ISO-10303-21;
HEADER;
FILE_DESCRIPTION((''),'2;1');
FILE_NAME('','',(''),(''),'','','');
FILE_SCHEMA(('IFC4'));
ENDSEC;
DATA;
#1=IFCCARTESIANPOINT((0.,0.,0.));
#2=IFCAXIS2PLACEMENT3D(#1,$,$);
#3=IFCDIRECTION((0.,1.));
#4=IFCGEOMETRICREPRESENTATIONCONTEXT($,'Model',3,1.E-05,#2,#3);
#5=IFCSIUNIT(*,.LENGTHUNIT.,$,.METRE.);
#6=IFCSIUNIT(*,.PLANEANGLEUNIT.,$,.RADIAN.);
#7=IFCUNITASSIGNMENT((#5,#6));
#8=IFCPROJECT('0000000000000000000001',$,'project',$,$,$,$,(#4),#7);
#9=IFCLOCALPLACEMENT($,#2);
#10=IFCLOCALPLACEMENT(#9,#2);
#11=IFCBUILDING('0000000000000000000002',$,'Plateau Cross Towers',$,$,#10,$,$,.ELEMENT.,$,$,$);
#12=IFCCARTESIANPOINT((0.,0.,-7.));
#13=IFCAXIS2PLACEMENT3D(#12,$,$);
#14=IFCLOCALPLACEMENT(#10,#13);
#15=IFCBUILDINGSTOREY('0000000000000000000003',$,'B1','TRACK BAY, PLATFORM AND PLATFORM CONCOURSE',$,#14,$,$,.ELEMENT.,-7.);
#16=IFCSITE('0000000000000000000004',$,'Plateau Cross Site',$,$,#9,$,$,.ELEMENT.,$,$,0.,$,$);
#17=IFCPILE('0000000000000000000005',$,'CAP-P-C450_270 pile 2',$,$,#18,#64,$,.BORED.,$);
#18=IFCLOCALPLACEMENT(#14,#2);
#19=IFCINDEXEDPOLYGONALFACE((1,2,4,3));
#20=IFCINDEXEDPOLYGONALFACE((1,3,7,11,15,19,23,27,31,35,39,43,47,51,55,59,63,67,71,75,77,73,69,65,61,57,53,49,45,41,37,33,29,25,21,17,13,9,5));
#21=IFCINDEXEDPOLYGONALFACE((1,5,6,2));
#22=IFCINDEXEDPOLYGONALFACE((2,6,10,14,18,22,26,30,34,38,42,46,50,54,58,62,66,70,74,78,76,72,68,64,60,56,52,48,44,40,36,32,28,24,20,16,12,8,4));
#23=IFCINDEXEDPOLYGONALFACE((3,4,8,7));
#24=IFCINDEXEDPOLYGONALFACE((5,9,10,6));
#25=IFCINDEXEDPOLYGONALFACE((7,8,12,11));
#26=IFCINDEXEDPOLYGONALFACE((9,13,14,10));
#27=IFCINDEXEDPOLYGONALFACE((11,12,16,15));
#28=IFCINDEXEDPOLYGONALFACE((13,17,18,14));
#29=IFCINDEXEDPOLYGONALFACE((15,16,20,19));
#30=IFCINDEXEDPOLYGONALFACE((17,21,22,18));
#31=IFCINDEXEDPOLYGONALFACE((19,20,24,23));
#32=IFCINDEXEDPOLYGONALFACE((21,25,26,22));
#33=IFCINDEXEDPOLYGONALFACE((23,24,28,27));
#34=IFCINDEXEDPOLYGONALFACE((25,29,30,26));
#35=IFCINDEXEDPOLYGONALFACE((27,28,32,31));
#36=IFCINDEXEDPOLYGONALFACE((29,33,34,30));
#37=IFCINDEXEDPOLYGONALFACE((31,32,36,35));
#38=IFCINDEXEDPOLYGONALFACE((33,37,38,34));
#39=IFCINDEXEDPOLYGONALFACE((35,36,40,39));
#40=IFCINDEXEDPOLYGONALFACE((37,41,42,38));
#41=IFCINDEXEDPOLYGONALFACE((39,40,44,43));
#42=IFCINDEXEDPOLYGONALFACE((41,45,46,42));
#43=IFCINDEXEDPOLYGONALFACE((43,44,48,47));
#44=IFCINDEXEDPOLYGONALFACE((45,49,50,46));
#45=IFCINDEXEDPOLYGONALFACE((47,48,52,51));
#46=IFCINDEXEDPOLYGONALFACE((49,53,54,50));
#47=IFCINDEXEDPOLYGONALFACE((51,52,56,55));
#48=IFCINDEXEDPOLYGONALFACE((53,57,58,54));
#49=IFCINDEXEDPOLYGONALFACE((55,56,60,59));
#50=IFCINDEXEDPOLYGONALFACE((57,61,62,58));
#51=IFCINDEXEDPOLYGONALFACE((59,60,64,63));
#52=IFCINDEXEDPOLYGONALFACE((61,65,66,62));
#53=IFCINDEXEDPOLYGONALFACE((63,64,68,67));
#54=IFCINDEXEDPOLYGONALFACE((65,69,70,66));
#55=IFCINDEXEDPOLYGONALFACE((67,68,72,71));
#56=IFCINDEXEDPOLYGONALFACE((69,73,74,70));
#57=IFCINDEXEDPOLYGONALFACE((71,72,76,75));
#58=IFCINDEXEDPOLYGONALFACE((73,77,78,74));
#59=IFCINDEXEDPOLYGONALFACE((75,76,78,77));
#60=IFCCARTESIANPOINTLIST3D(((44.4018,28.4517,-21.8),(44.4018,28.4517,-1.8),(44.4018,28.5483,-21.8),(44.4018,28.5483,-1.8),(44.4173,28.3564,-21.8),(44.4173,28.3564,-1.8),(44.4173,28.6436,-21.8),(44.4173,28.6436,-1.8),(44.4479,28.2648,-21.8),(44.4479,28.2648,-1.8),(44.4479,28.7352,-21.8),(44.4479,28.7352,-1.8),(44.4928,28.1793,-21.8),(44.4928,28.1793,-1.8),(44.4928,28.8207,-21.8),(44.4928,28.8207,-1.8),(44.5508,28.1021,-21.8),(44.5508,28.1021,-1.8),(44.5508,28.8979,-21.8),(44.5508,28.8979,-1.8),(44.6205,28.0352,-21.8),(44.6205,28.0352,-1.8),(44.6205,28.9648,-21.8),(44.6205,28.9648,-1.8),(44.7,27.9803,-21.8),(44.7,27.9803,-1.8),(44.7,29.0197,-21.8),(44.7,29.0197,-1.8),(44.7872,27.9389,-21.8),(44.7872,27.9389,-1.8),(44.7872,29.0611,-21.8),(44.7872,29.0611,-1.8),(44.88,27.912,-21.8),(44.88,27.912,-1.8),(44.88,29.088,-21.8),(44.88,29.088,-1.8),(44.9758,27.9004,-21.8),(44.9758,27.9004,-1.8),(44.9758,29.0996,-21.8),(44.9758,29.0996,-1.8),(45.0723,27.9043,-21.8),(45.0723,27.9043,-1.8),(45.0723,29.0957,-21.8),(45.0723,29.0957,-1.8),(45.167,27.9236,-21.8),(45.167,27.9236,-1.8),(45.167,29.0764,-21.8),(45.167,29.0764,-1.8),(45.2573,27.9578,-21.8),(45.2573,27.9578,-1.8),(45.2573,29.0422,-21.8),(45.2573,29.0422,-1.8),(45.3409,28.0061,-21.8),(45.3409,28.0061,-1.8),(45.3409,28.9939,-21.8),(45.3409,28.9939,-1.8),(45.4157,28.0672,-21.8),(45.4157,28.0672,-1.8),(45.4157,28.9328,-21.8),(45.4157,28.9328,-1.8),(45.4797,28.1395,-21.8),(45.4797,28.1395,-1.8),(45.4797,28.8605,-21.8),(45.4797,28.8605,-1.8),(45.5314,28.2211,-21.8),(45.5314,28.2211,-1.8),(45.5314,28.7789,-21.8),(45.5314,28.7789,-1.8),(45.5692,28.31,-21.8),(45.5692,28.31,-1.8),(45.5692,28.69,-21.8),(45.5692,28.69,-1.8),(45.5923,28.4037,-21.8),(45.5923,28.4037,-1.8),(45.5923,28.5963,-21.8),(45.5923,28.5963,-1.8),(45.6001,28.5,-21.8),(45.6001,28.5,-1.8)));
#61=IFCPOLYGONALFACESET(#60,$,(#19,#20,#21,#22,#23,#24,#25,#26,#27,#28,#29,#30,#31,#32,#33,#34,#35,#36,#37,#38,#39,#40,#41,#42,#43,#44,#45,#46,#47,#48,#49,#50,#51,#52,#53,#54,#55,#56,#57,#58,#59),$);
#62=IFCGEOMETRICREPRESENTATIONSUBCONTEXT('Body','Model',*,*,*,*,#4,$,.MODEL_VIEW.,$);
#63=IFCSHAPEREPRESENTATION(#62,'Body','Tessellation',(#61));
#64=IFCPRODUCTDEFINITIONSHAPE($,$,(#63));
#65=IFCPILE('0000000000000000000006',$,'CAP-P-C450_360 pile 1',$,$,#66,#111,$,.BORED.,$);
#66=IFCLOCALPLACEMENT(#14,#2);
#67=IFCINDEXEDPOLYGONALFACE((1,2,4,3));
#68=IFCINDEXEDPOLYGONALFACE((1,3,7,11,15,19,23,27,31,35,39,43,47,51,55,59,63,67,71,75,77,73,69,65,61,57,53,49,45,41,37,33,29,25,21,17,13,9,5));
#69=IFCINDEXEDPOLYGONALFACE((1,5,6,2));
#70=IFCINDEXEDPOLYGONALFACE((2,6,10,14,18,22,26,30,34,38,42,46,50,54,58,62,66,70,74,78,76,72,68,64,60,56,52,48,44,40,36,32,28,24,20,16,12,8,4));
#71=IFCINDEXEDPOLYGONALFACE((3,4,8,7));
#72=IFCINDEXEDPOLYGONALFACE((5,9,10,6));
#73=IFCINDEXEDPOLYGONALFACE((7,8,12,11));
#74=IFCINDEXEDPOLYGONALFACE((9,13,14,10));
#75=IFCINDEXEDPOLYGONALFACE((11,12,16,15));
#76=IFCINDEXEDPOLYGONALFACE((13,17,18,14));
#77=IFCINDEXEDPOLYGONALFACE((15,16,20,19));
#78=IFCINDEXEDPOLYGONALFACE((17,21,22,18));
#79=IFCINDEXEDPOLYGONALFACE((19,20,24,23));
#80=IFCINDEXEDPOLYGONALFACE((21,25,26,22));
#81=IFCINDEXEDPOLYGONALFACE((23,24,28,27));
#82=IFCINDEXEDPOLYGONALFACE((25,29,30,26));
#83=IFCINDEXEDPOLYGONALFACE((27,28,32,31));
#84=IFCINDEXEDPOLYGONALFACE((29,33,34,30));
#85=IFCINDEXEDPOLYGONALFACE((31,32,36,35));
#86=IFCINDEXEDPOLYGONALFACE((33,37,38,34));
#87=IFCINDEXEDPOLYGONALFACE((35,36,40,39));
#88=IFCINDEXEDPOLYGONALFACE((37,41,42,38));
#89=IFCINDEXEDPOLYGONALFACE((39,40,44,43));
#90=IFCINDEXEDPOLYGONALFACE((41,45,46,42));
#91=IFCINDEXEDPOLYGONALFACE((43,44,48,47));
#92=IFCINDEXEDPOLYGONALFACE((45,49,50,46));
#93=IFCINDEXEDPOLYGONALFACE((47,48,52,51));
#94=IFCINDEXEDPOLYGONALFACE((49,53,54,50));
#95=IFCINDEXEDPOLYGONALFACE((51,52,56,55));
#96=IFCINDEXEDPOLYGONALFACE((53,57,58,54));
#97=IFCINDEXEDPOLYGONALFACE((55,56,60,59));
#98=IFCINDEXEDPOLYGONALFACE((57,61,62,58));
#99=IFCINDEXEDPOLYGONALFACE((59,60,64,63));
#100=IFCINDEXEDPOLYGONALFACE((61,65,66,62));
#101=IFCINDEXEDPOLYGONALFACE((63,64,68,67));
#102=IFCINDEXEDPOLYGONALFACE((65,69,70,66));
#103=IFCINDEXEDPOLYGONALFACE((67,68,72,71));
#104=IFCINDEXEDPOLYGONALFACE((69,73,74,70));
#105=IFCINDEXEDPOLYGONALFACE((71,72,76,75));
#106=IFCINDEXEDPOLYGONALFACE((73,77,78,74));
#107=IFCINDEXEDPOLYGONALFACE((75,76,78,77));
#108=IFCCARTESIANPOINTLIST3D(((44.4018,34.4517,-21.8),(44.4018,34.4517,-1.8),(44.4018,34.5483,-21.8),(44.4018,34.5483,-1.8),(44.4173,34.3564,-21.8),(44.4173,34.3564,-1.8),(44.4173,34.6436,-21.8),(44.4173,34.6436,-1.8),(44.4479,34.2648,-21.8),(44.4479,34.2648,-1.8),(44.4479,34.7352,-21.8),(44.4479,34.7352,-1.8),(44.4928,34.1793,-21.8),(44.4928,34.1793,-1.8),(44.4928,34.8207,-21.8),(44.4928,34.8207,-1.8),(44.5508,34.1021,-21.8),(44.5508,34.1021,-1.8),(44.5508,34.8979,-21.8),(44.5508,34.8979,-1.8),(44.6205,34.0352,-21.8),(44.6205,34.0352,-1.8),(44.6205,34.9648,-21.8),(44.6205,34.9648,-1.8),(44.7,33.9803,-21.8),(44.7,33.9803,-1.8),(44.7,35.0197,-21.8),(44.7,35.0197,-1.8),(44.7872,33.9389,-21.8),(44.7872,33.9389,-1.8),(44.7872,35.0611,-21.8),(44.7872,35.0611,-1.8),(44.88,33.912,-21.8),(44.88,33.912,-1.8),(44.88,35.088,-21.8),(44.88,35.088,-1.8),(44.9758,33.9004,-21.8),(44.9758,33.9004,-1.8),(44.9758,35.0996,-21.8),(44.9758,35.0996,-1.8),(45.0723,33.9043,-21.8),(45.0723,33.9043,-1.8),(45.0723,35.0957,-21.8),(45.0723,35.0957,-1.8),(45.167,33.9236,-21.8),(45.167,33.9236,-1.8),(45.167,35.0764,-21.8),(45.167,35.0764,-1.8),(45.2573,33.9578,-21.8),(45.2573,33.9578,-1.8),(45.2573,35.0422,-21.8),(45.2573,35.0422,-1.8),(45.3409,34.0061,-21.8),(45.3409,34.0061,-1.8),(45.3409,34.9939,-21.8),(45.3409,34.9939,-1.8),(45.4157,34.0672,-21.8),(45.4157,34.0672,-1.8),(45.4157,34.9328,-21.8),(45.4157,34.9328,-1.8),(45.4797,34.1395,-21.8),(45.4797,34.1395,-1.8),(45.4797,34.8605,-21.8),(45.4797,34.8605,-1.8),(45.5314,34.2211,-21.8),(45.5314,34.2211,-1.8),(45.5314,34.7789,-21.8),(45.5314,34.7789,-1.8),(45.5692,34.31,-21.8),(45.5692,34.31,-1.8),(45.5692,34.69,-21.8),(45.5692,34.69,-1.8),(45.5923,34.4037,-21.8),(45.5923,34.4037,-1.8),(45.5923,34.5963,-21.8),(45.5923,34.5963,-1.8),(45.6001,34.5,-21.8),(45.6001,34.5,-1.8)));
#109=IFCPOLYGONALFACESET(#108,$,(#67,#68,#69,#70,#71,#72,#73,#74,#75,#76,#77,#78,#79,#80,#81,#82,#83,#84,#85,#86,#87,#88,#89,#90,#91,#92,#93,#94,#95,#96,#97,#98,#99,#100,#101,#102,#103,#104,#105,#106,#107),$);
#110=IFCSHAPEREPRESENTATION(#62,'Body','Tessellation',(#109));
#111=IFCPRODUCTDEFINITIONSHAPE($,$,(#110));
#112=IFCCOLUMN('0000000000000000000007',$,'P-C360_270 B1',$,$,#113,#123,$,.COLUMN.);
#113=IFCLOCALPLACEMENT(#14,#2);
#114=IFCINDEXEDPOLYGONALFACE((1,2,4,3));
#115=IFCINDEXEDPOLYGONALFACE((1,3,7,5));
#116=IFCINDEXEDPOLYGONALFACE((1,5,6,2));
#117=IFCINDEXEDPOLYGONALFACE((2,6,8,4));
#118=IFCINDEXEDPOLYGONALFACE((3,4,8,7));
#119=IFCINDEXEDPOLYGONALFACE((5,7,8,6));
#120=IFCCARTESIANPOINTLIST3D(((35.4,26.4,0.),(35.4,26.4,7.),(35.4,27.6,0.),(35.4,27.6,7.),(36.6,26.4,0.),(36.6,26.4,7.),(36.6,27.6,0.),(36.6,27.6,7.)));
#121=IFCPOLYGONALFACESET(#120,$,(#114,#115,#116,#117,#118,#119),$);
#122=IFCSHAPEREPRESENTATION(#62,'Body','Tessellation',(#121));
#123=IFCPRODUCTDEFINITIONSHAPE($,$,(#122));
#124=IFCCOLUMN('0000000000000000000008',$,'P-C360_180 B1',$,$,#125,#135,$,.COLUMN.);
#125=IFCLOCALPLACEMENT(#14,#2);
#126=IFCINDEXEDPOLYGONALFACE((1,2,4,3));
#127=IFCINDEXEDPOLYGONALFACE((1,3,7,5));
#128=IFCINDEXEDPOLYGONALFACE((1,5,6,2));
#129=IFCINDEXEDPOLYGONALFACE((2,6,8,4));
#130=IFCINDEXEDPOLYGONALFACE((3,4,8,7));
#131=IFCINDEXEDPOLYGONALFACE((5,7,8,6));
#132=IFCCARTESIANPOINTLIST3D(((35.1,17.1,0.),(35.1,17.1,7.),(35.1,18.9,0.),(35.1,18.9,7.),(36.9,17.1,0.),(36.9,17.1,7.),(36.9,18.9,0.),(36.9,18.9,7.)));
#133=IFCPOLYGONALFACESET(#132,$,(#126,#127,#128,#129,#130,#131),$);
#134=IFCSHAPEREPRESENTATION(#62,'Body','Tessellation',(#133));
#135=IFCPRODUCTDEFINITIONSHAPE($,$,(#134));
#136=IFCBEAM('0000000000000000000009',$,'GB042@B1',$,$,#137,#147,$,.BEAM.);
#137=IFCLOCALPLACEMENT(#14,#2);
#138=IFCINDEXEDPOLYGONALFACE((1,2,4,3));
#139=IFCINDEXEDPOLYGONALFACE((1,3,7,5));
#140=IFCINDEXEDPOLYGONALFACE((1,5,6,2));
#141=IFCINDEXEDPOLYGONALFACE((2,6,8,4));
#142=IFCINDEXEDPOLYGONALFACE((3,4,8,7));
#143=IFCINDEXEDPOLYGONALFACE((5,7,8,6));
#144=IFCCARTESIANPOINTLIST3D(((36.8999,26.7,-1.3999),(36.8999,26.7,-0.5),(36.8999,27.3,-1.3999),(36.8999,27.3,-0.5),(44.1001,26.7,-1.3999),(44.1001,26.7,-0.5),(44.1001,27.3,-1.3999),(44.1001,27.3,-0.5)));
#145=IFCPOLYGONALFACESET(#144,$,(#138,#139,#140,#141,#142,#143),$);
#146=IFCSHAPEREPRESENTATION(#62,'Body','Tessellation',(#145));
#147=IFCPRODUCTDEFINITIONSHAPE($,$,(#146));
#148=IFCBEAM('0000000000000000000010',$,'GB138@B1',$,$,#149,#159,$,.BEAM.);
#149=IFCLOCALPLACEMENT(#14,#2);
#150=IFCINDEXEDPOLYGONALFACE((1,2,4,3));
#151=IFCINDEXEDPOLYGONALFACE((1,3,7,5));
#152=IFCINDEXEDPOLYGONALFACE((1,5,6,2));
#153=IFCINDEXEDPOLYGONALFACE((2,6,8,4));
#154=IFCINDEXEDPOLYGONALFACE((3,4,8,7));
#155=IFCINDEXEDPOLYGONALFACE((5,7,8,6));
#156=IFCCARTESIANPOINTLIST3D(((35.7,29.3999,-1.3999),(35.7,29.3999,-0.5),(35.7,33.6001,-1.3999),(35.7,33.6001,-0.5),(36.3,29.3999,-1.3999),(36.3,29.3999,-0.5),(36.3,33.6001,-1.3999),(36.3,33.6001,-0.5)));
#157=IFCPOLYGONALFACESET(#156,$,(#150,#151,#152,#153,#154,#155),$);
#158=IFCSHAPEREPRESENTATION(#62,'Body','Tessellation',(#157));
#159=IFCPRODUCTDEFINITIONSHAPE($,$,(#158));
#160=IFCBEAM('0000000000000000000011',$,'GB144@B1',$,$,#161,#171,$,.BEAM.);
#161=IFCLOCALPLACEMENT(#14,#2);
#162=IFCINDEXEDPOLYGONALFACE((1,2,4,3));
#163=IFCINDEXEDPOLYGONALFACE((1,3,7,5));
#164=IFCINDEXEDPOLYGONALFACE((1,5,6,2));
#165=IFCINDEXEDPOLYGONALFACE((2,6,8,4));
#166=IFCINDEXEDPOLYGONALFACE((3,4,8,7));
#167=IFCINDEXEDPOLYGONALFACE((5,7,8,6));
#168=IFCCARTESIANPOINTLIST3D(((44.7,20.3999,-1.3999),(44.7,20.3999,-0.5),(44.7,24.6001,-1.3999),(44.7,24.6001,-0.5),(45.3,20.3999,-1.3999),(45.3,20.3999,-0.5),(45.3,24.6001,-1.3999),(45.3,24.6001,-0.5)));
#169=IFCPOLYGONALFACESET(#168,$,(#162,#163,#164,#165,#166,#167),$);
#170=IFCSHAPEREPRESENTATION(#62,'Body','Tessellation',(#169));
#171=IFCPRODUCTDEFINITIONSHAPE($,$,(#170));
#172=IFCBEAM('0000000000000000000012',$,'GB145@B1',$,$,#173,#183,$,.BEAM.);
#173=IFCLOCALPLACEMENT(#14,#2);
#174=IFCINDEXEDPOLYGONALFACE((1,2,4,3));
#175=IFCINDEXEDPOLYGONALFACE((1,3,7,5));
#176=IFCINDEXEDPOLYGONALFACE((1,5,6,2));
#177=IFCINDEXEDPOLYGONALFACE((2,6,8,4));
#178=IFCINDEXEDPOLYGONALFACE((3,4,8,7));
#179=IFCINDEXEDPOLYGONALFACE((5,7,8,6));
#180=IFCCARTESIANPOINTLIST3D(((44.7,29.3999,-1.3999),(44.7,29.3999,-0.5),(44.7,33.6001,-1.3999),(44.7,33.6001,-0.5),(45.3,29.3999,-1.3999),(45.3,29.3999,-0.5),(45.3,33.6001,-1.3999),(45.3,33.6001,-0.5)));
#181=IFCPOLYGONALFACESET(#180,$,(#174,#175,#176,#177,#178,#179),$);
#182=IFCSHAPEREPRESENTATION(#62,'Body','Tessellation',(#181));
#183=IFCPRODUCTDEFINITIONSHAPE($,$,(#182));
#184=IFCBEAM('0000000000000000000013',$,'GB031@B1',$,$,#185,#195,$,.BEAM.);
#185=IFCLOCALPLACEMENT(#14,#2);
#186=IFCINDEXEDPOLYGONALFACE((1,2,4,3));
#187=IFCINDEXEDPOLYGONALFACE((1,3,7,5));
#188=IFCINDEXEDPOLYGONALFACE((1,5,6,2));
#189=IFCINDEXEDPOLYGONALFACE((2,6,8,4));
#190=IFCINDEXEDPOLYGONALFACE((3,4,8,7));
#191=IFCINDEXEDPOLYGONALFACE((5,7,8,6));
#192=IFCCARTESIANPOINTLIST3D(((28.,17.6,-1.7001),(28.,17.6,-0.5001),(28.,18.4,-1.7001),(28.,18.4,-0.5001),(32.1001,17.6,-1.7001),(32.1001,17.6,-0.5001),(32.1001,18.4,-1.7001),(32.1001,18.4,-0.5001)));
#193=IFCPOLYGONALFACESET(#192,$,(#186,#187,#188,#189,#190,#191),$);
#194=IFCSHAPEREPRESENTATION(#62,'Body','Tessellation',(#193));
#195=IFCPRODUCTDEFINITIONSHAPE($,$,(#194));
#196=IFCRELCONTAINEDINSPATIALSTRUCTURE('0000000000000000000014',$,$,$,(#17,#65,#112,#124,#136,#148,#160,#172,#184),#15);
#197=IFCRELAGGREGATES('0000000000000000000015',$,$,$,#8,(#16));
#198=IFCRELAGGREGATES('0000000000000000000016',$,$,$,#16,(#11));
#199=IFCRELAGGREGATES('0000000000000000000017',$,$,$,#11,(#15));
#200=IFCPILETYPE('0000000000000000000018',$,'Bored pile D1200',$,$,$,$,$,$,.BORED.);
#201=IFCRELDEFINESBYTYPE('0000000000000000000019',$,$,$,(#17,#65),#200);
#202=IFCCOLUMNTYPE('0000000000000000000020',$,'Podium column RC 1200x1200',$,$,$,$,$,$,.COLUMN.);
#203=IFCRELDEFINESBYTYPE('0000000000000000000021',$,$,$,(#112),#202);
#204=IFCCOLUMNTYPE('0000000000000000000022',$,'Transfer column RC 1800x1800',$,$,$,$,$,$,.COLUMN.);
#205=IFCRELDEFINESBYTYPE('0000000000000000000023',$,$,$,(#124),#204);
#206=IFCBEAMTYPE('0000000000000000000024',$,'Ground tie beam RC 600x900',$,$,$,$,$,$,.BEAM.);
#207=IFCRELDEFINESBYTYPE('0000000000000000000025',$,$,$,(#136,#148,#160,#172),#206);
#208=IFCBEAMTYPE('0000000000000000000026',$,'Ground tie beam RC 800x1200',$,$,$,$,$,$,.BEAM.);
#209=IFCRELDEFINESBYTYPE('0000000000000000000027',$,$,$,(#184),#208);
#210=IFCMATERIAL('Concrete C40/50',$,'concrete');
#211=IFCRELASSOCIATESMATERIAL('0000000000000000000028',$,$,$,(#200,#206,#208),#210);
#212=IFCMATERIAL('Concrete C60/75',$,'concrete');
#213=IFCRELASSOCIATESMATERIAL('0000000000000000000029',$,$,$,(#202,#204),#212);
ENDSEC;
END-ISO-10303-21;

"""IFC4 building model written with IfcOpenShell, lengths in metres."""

from ifc_helpers import new_model, si_unit, direction, frame, origin, origin_2d, place, context, subcontext, project, spatial, rectangle, circle, extrude, material, material_profile, profile_set, type_object, element, save


model = new_model("IFC4")

# Units and contexts
model_context = context("Model", 3, precision=1e-05, world=origin(), true_north=direction((0.0, 1.0)))
body_context = subcontext(model_context, "Body", "Model", "MODEL_VIEW")
ifc_project = project(units=[si_unit("LENGTHUNIT", "METRE"), si_unit("PLANEANGLEUNIT", "RADIAN")], contexts=[model_context])

# Site, building, storey
site_placement = place(None, origin())
site = spatial("IfcSite", under=ifc_project, at=site_placement, Name="Plateau Cross Site", CompositionType="ELEMENT", RefElevation=0.0)
building_placement = place(site_placement, origin())
building = spatial("IfcBuilding", under=site, at=building_placement, Name="Plateau Cross Towers", CompositionType="ELEMENT")
storey_placement = place(building_placement, frame((0.0, 0.0, -7.0)))
storey = spatial("IfcBuildingStorey", under=building, at=storey_placement, Name="B1", Description="TRACK BAY, PLATFORM AND PLATFORM CONCOURSE", CompositionType="ELEMENT", Elevation=-7.0)

# Piles
ifc_material_1 = material(Name="Concrete C40/50", Category="concrete")
ifc_material_profile_1 = material_profile(ifc_material_1, circle(Radius=0.6001, at=origin_2d()), Name="Bored pile D1200")
ifc_profile_set_1 = profile_set([ifc_material_profile_1], Name="Concrete C40/50")
pile_type = type_object("IfcPileType", Name="Bored pile D1200", PredefinedType="BORED", material=ifc_profile_set_1)
for number, where, z_axis, x_axis, name in (
    (1, (45.0, 28.5, -1.8), (0.0, 0.0, -1.0), (1.0, 0.0, 0.0), "CAP-P-C450_270 pile 2"),
    (2, (45.0, 34.5, -1.8), (0.0, 0.0, -1.0), (1.0, 0.0, 0.0), "CAP-P-C450_360 pile 1"),
):
    element("IfcPile", number, at=place(storey_placement, frame(where, z_axis=z_axis, x_axis=x_axis)), inside=storey, type_object=pile_type, Name=name, PredefinedType="BORED", context=body_context, shape_type="SweptSolid", body=[
        extrude(circle(Radius=0.6001, at=origin_2d()), origin(), (0.0, 0.0, 1.0), 20.0),
    ])

# Columns
ifc_material_2 = material(Name="Concrete C60/75", Category="concrete")
ifc_material_profile_2 = material_profile(ifc_material_2, rectangle(XDim=1.2, YDim=1.2, at=origin_2d()), Name="RC 1200x1200")
ifc_profile_set_2 = profile_set([ifc_material_profile_2], Name="Concrete C60/75")
column_type_1 = type_object("IfcColumnType", Name="Podium column RC 1200x1200", PredefinedType="COLUMN", material=ifc_profile_set_2)
column_1_placement = place(storey_placement, frame((36.0, 27.0, 0.0), z_axis=(0.0, 0.0, 1.0), x_axis=(1.0, 0.0, 0.0)))
element("IfcColumn", 3, at=column_1_placement, inside=storey, type_object=column_type_1, Name="P-C360_270 B1", PredefinedType="COLUMN", context=body_context, shape_type="SweptSolid", body=[
    extrude(rectangle(XDim=1.2, YDim=1.2, at=origin_2d()), origin(), (0.0, 0.0, 1.0), 7.0),
])
ifc_material_profile_3 = material_profile(ifc_material_2, rectangle(XDim=1.8, YDim=1.8, at=origin_2d()), Name="RC 1800x1800")
ifc_profile_set_3 = profile_set([ifc_material_profile_3], Name="Concrete C60/75")
column_type_2 = type_object("IfcColumnType", Name="Transfer column RC 1800x1800", PredefinedType="COLUMN", material=ifc_profile_set_3)
column_2_placement = place(storey_placement, frame((36.0, 18.0, 0.0), z_axis=(0.0, 0.0, 1.0), x_axis=(1.0, 0.0, 0.0)))
element("IfcColumn", 4, at=column_2_placement, inside=storey, type_object=column_type_2, Name="P-C360_180 B1", PredefinedType="COLUMN", context=body_context, shape_type="SweptSolid", body=[
    extrude(rectangle(XDim=1.8, YDim=1.8, at=origin_2d()), origin(), (0.0, 0.0, 1.0), 7.0),
])

# Beams
ifc_material_profile_4 = material_profile(ifc_material_1, rectangle(XDim=0.6001, YDim=0.8999, at=origin_2d()), Name="RC 600x900")
ifc_profile_set_4 = profile_set([ifc_material_profile_4], Name="Concrete C40/50")
beam_type_1 = type_object("IfcBeamType", Name="Ground tie beam RC 600x900", PredefinedType="BEAM", material=ifc_profile_set_4)
beam_1_placement = place(storey_placement, frame((36.8999, 27.0, -0.95), z_axis=(1.0, 0.0, 0.0), x_axis=(0.0, 1.0, 0.0)))
element("IfcBeam", 5, at=beam_1_placement, inside=storey, type_object=beam_type_1, Name="GB042@B1", PredefinedType="BEAM", context=body_context, shape_type="SweptSolid", body=[
    extrude(rectangle(XDim=0.6001, YDim=0.8999, at=origin_2d()), origin(), (0.0, 0.0, 1.0), 7.2002),
])
for number, where, z_axis, x_axis, name in (
    (6, (36.0, 29.3999, -0.95), (0.0, 1.0, 0.0), (-1.0, 0.0, 0.0), "GB138@B1"),
    (7, (45.0, 20.3999, -0.95), (0.0, 1.0, 0.0), (-1.0, 0.0, 0.0), "GB144@B1"),
    (8, (45.0, 29.3999, -0.95), (0.0, 1.0, 0.0), (-1.0, 0.0, 0.0), "GB145@B1"),
):
    element("IfcBeam", number, at=place(storey_placement, frame(where, z_axis=z_axis, x_axis=x_axis)), inside=storey, type_object=beam_type_1, Name=name, PredefinedType="BEAM", context=body_context, shape_type="SweptSolid", body=[
        extrude(rectangle(XDim=0.6001, YDim=0.8999, at=origin_2d()), origin(), (0.0, 0.0, 1.0), 4.2002),
    ])
ifc_material_profile_5 = material_profile(ifc_material_1, rectangle(XDim=0.8, YDim=1.2, at=origin_2d()), Name="RC 800x1200")
ifc_profile_set_5 = profile_set([ifc_material_profile_5], Name="Concrete C40/50")
beam_type_2 = type_object("IfcBeamType", Name="Ground tie beam RC 800x1200", PredefinedType="BEAM", material=ifc_profile_set_5)
beam_2_placement = place(storey_placement, frame((28.0, 18.0, -1.1001), z_axis=(1.0, 0.0, 0.0), x_axis=(0.0, 1.0, 0.0)))
element("IfcBeam", 9, at=beam_2_placement, inside=storey, type_object=beam_type_2, Name="GB031@B1", PredefinedType="BEAM", context=body_context, shape_type="SweptSolid", body=[
    extrude(rectangle(XDim=0.8, YDim=1.2, at=origin_2d()), origin(), (0.0, 0.0, 1.0), 4.1001),
])

save(model, "model.ifc")
